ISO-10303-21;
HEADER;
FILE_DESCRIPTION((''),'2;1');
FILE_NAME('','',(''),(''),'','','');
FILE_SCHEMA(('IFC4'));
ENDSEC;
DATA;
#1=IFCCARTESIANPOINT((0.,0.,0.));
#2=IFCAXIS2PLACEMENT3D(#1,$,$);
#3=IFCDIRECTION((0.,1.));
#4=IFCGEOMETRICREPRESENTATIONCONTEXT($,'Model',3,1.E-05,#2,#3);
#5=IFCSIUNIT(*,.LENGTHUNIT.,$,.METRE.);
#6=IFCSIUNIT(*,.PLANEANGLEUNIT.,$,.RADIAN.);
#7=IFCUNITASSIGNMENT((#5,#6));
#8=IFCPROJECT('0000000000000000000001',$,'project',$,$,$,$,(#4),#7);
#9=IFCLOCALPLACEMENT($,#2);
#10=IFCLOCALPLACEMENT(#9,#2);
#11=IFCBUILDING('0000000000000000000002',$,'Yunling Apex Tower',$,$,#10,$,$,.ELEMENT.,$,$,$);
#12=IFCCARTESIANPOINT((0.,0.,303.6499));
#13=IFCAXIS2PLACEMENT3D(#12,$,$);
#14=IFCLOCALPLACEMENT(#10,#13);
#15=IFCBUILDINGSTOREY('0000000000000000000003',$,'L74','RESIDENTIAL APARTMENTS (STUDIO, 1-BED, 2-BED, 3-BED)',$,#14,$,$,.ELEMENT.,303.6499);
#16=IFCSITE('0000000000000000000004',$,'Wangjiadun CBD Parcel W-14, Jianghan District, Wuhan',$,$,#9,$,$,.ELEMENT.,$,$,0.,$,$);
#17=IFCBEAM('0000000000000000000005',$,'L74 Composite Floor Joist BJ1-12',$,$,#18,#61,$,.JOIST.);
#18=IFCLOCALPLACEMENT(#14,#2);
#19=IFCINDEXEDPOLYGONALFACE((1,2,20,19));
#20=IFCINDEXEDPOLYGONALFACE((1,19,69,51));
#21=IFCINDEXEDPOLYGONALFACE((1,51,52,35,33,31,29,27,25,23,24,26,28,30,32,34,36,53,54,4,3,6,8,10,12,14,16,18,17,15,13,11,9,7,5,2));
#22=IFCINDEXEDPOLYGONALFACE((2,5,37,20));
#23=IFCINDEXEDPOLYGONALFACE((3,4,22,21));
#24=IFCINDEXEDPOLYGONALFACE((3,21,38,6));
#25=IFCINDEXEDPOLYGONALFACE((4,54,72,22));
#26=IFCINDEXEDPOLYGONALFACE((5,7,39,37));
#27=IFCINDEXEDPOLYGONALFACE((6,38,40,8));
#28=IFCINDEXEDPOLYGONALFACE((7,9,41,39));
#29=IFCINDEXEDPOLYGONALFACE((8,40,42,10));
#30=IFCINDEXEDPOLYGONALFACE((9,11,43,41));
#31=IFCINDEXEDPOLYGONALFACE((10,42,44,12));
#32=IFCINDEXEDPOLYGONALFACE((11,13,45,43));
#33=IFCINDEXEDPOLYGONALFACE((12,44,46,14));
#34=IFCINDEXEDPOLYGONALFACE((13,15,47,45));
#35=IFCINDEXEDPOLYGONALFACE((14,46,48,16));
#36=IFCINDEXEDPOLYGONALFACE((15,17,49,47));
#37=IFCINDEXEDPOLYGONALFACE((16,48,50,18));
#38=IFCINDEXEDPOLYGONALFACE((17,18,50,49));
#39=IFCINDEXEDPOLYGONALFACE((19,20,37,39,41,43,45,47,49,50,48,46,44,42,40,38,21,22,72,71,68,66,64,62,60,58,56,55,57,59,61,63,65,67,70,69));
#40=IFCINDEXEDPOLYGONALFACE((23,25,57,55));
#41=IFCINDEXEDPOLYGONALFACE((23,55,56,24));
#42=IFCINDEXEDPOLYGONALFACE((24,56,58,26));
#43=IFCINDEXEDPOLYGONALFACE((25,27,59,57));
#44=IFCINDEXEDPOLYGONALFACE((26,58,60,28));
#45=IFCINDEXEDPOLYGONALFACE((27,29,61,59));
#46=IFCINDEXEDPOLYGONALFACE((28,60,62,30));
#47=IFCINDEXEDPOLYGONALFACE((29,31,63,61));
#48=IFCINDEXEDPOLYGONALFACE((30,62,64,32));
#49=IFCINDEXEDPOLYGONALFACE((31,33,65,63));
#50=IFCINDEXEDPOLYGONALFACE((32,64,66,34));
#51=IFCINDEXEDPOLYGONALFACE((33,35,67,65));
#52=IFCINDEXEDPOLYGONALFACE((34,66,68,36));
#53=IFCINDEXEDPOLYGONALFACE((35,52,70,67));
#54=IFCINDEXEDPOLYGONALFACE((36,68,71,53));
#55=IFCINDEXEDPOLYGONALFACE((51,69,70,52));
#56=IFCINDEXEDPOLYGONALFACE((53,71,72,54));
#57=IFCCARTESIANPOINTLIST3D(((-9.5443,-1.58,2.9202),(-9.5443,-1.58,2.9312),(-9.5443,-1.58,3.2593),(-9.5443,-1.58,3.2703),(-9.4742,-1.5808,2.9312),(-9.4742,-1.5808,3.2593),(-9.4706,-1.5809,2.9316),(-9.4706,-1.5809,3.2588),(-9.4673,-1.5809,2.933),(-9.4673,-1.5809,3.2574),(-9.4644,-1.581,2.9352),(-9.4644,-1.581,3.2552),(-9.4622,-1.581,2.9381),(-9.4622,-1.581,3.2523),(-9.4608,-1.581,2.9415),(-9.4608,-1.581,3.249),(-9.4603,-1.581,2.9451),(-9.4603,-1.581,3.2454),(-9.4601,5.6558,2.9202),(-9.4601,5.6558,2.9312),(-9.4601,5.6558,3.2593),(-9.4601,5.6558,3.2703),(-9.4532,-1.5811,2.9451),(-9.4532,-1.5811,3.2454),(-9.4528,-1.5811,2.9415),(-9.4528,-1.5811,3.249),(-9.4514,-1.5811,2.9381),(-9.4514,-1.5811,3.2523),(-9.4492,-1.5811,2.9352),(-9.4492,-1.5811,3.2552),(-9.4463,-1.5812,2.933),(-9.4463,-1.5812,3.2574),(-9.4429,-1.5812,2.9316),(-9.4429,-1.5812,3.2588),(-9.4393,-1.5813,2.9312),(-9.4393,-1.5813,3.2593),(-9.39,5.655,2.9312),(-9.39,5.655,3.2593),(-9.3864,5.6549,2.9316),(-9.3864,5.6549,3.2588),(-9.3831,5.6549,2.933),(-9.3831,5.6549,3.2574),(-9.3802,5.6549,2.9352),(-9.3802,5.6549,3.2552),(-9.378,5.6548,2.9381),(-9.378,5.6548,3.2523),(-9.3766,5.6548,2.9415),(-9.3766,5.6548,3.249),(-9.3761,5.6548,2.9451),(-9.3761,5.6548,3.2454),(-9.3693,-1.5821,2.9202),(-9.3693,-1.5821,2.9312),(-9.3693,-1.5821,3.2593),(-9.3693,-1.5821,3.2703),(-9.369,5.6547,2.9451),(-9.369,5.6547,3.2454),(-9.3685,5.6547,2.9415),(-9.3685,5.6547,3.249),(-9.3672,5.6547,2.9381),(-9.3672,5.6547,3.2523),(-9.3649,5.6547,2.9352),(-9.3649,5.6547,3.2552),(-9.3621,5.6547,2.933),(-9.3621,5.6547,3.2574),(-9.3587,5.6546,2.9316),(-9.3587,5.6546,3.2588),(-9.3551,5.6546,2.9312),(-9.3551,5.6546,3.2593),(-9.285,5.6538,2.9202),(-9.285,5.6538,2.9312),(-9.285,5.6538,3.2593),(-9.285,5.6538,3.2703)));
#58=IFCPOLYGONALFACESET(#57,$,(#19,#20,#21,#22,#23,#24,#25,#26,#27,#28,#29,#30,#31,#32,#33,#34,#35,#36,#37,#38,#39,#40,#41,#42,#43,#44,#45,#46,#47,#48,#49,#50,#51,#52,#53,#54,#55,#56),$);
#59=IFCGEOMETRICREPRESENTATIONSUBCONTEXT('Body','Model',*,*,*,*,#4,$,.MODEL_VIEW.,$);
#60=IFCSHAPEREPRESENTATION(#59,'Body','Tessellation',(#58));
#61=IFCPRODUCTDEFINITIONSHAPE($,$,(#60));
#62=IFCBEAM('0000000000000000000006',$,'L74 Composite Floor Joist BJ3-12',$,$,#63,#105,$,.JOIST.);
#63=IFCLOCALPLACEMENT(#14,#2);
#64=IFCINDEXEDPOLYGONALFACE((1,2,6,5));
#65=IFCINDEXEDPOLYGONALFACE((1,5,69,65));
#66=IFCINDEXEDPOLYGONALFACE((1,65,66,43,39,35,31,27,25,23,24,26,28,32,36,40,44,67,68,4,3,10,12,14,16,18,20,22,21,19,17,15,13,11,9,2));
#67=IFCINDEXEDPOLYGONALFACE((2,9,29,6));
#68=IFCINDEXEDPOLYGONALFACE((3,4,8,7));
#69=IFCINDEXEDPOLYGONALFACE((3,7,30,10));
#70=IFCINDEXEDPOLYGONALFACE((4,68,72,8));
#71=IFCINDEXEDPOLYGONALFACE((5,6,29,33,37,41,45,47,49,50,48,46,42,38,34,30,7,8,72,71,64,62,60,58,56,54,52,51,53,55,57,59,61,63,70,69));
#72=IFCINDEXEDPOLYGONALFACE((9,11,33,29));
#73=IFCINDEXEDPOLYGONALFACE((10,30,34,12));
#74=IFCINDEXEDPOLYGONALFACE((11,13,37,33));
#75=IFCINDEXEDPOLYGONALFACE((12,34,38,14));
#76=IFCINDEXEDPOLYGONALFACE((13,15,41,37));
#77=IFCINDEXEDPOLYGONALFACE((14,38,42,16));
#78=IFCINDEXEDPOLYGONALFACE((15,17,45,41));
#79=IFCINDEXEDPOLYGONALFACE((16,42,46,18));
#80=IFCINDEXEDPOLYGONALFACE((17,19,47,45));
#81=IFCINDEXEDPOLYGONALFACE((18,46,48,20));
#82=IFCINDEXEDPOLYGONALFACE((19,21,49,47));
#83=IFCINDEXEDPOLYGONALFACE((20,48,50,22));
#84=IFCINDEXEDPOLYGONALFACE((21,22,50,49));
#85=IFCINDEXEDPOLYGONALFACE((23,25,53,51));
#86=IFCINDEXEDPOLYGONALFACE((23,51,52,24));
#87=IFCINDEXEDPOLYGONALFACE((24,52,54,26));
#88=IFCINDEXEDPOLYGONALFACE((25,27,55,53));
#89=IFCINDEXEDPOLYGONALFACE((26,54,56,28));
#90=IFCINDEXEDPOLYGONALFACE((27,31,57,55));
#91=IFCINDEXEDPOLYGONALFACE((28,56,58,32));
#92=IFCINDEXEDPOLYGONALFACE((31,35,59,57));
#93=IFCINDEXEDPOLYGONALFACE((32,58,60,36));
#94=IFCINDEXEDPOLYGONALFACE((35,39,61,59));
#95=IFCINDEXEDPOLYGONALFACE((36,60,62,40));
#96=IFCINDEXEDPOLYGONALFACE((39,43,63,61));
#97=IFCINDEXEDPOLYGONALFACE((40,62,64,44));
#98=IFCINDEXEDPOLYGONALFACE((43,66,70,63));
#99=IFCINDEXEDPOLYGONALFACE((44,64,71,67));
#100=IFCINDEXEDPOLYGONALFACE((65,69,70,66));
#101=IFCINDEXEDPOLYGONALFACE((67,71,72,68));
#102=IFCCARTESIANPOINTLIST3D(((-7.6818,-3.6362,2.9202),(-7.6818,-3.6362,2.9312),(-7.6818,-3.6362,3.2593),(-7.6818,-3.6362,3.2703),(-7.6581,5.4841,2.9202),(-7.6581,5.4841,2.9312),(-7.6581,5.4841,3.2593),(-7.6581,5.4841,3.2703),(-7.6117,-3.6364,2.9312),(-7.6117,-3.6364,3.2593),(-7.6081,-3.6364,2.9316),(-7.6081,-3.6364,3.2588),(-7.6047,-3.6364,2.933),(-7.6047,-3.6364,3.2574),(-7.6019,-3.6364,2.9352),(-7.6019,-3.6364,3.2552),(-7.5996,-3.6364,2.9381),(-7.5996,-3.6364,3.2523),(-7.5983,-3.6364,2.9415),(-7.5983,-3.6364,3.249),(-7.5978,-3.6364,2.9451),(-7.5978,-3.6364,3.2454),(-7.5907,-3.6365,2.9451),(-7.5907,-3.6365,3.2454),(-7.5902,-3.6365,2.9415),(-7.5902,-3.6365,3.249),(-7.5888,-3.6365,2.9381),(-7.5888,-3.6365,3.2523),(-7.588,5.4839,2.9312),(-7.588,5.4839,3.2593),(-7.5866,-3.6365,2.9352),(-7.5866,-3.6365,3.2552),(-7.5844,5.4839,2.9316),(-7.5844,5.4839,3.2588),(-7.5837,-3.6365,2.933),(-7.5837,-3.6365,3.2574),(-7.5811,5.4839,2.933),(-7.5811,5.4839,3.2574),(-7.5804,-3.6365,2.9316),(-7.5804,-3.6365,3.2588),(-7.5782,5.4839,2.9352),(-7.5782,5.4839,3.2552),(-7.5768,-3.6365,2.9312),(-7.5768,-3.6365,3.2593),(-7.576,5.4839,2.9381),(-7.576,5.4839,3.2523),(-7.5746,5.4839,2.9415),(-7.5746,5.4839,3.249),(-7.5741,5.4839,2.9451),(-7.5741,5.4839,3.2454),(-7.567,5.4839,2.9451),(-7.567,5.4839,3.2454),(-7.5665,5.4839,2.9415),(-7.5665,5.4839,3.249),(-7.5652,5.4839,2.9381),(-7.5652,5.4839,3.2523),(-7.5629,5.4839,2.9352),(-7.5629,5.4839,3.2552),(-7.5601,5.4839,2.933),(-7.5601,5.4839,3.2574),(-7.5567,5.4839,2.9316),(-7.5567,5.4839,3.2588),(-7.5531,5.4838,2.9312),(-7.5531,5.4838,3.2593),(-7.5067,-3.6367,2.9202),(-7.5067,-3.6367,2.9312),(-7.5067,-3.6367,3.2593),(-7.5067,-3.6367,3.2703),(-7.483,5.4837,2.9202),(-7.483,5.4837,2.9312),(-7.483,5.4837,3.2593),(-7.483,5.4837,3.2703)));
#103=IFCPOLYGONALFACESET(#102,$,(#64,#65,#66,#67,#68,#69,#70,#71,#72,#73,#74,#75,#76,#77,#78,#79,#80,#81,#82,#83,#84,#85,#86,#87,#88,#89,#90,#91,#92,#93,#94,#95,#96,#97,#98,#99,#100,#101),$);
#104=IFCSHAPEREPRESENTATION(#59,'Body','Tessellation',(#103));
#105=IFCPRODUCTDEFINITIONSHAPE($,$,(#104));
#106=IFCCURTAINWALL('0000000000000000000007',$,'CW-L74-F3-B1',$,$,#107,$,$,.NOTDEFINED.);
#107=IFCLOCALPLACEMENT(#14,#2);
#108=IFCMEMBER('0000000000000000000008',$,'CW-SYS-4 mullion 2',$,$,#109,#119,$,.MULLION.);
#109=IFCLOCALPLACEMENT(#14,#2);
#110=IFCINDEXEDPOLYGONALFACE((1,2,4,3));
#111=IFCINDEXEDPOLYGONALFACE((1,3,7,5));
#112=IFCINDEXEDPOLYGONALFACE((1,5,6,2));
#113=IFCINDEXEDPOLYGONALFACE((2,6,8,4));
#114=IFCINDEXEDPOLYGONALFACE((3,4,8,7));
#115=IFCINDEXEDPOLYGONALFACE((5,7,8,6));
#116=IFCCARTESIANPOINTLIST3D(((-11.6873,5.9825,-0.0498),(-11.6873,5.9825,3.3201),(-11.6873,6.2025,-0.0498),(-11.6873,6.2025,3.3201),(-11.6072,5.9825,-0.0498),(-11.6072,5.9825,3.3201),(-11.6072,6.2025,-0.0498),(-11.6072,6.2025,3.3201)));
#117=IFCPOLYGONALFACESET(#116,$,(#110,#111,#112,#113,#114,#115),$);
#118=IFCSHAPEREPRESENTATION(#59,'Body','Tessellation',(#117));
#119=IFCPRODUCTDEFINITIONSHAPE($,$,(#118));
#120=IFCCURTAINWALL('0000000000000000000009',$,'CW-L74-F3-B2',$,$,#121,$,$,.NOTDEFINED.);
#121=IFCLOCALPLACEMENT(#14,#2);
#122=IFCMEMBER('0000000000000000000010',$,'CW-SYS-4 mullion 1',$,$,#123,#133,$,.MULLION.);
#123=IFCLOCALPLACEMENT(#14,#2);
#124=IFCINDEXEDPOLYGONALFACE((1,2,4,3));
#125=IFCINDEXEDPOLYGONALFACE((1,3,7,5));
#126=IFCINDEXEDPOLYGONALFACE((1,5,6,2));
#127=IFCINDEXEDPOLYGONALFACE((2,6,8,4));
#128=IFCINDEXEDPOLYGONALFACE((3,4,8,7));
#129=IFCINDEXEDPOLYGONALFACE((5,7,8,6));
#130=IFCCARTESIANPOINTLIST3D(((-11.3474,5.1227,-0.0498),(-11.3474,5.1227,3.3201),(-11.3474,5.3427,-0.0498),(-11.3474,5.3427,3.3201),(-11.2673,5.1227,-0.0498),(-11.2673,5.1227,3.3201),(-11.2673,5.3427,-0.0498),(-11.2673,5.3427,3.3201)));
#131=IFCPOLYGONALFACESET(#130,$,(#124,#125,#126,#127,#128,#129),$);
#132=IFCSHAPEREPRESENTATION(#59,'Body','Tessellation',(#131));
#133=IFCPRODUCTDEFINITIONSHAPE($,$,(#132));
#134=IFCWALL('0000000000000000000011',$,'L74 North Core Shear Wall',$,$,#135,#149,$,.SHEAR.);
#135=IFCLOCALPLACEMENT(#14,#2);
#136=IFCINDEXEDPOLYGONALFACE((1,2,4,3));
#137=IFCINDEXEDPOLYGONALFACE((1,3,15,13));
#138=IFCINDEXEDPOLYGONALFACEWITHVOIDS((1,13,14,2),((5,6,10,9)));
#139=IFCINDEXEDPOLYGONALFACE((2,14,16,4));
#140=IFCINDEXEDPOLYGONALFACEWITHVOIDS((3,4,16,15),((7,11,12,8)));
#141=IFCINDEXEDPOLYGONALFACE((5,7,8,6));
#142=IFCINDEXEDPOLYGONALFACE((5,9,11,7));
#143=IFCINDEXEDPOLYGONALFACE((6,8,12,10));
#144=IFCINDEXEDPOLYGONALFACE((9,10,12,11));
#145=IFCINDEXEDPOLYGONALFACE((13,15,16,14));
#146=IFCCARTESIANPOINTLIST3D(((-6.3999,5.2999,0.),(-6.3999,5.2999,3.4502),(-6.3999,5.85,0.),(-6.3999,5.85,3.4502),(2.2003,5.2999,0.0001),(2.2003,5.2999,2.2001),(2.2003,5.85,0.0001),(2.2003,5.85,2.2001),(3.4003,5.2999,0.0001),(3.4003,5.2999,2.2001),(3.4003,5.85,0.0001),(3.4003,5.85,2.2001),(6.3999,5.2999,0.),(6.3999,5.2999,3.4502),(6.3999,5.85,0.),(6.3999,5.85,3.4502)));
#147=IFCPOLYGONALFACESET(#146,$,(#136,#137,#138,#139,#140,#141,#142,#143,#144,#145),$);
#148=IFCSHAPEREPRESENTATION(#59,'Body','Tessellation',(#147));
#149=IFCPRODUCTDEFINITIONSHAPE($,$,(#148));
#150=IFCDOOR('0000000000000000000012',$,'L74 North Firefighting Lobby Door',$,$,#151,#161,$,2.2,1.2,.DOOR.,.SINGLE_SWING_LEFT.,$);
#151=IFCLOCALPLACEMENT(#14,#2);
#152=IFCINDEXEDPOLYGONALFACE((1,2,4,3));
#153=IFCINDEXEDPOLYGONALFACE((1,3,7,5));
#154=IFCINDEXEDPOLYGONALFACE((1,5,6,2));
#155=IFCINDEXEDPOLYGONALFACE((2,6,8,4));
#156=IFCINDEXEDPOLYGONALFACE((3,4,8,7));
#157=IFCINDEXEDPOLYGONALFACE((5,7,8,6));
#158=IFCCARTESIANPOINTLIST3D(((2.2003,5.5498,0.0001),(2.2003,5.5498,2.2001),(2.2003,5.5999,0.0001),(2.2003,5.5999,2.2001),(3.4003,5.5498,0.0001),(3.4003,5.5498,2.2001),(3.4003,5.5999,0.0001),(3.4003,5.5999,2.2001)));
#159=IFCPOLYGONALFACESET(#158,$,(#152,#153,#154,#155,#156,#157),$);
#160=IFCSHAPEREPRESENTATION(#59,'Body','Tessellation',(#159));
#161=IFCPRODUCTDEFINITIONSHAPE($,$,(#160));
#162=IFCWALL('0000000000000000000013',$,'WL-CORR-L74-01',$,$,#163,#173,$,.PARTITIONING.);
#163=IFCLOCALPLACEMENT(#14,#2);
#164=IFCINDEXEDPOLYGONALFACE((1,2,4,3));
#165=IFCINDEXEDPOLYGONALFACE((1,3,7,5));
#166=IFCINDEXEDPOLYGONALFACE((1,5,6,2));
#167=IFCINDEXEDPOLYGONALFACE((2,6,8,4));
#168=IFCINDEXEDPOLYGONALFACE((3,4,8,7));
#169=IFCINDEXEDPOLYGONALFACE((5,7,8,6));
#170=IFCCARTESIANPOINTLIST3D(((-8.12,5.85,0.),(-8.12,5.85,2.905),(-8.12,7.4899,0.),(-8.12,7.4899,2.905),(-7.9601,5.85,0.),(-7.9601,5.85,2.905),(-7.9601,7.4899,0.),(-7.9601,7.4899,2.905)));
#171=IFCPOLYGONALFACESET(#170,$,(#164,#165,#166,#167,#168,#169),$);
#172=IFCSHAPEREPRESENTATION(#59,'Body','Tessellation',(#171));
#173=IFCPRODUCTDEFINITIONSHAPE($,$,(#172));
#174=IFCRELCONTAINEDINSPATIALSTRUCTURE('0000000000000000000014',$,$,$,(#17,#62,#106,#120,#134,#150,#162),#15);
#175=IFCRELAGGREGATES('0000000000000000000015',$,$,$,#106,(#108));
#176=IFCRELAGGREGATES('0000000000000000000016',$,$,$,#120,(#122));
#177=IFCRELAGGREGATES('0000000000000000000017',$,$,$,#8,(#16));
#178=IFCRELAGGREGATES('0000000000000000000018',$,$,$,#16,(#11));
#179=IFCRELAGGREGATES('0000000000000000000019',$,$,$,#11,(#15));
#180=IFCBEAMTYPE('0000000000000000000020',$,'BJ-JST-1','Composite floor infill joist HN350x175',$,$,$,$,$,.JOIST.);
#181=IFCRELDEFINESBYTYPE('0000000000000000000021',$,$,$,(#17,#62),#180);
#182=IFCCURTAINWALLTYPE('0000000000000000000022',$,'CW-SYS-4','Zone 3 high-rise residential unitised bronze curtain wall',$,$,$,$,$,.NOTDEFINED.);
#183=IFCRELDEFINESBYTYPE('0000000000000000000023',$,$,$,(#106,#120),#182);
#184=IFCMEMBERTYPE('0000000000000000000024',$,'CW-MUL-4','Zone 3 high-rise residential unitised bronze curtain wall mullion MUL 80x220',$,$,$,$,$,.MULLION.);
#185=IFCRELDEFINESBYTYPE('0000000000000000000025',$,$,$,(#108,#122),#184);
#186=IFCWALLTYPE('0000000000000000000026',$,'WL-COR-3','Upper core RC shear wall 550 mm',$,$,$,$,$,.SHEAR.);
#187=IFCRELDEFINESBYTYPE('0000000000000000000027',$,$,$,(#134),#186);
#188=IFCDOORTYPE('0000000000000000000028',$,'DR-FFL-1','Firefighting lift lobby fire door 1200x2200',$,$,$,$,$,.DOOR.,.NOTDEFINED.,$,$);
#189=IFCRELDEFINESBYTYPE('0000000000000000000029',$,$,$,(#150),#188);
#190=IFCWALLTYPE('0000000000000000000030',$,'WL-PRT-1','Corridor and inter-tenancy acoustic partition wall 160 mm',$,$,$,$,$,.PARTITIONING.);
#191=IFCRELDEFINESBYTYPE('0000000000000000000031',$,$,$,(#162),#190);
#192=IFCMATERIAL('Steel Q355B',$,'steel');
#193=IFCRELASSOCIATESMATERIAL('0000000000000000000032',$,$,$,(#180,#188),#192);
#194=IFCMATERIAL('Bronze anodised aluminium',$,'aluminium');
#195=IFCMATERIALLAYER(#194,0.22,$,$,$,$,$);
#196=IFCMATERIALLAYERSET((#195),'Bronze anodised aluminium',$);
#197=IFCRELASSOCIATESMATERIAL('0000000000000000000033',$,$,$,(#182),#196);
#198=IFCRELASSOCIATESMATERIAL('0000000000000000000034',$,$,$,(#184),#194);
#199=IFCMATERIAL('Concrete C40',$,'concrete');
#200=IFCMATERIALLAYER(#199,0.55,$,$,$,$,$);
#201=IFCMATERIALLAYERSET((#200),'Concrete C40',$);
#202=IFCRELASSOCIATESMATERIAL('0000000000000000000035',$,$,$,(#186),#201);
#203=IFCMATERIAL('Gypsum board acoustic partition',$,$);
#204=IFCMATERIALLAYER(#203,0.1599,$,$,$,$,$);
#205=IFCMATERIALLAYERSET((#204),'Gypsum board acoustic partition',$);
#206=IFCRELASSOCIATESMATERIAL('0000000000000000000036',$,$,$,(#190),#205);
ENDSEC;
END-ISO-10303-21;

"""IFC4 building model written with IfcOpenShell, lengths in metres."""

from ifc_helpers import new_model, si_unit, direction, frame, frame_2d, origin, origin_2d, place, context, subcontext, project, spatial, rectangle, i_section, extrude, source, transform, mapped, material, layer, layer_set, material_profile, profile_set, type_object, element, fill, aggregate, save


model = new_model("IFC4")

# Units and contexts
model_context = context("Model", 3, precision=1e-05, world=origin(), true_north=direction((0.0, 1.0)))
body_context = subcontext(model_context, "Body", "Model", "MODEL_VIEW")
ifc_project = project(units=[si_unit("LENGTHUNIT", "METRE"), si_unit("PLANEANGLEUNIT", "RADIAN")], contexts=[model_context])

# Site, building, storey
site_placement = place(None, origin())
site = spatial("IfcSite", under=ifc_project, at=site_placement, Name="Wangjiadun CBD Parcel W-14, Jianghan District, Wuhan", CompositionType="ELEMENT", RefElevation=0.0)
building_placement = place(site_placement, origin())
building = spatial("IfcBuilding", under=site, at=building_placement, Name="Yunling Apex Tower", CompositionType="ELEMENT")
storey_placement = place(building_placement, frame((0.0, 0.0, 303.6499)))
storey = spatial("IfcBuildingStorey", under=building, at=storey_placement, Name="L74", Description="RESIDENTIAL APARTMENTS (STUDIO, 1-BED, 2-BED, 3-BED)", CompositionType="ELEMENT", Elevation=303.6499)

# Shared definitions
ifc_material_1 = material(Name="Steel Q355B", Category="steel")

# Beams
ifc_material_profile_1 = material_profile(ifc_material_1, i_section(OverallWidth=0.175, OverallDepth=0.3501, WebThickness=0.0071, FlangeThickness=0.011, FilletRadius=0.0139, at=origin_2d()))
ifc_profile_set_1 = profile_set([ifc_material_profile_1], Name="Steel Q355B")
beam_type_1 = type_object("IfcBeamType", Name="BJ-JST-1", Description="Composite floor infill joist HN350x175", PredefinedType="JOIST", material=ifc_profile_set_1)
shared_shape_1 = source(origin(), body_context, "Body", "SweptSolid", [
    extrude(i_section(OverallWidth=0.175, OverallDepth=0.3501, WebThickness=0.0071, FlangeThickness=0.011, FilletRadius=0.0139, at=origin_2d()), origin(), (0.0, 0.0, 1.0), 7.2363),
])
beam_1_placement = place(storey_placement, frame((-9.3726, 5.6548, 3.0952), z_axis=(-0.01164, -0.999932, 0.0), x_axis=(0.999932, -0.01164, 0.0)))
element("IfcBeam", 1, at=beam_1_placement, inside=storey, type_object=beam_type_1, Name="L74 Composite Floor Joist BJ1-12", PredefinedType="JOIST", context=body_context, shape_type="MappedRepresentation", body=[
    mapped(shared_shape_1, transform((0.0, 0.0, 0.0), scale=1.0)),
])
shared_shape_2 = source(origin(), body_context, "Body", "SweptSolid", [
    extrude(i_section(OverallWidth=0.175, OverallDepth=0.3501, WebThickness=0.0071, FlangeThickness=0.011, FilletRadius=0.0139, at=origin_2d()), origin(), (0.0, 0.0, 1.0), 9.1204),
])
beam_2_placement = place(storey_placement, frame((-7.5706, 5.4839, 3.0952), z_axis=(-0.002597, -0.999997, 0.0), x_axis=(0.999997, -0.002597, 0.0)))
element("IfcBeam", 2, at=beam_2_placement, inside=storey, type_object=beam_type_1, Name="L74 Composite Floor Joist BJ3-12", PredefinedType="JOIST", context=body_context, shape_type="MappedRepresentation", body=[
    mapped(shared_shape_2, transform((0.0, 0.0, 0.0), scale=1.0)),
])

# Curtain walls, members
ifc_material_2 = material(Name="Bronze anodised aluminium", Category="aluminium")
ifc_layer_1 = layer(ifc_material_2, 0.22)
ifc_layer_set_1 = layer_set([ifc_layer_1], Name="Bronze anodised aluminium")
curtain_wall_type = type_object("IfcCurtainWallType", Name="CW-SYS-4", Description="Zone 3 high-rise residential unitised bronze curtain wall", PredefinedType="NOTDEFINED", material=ifc_layer_set_1)
curtain_wall_1_placement = place(storey_placement, origin())
curtain_wall_1 = element("IfcCurtainWall", 3, at=curtain_wall_1_placement, inside=storey, type_object=curtain_wall_type, Name="CW-L74-F3-B1", PredefinedType="NOTDEFINED")
ifc_material_profile_2 = material_profile(ifc_material_2, rectangle(XDim=0.0801, YDim=0.22, at=origin_2d()))
ifc_profile_set_2 = profile_set([ifc_material_profile_2], Name="Bronze anodised aluminium")
member_type = type_object("IfcMemberType", Name="CW-MUL-4", Description="Zone 3 high-rise residential unitised bronze curtain wall mullion MUL 80x220", PredefinedType="MULLION", material=ifc_profile_set_2)
shared_shape_3 = source(origin(), body_context, "Body", "SweptSolid", [
    extrude(rectangle(XDim=0.0801, YDim=0.22, at=origin_2d()), origin(), (0.0, 0.0, 1.0), 3.3699),
])
member_1_placement = place(storey_placement, frame((-11.6472, 6.0925, -0.0498), z_axis=(0.0, 0.0, 1.0), x_axis=(1.0, 0.0, 0.0)))
member_1 = element("IfcMember", 4, at=member_1_placement, type_object=member_type, Name="CW-SYS-4 mullion 2", PredefinedType="MULLION", context=body_context, shape_type="MappedRepresentation", body=[
    mapped(shared_shape_3, transform((0.0, 0.0, 0.0), scale=1.0)),
])
aggregate(curtain_wall_1, [member_1])
curtain_wall_2_placement = place(storey_placement, origin())
curtain_wall_2 = element("IfcCurtainWall", 5, at=curtain_wall_2_placement, inside=storey, type_object=curtain_wall_type, Name="CW-L74-F3-B2", PredefinedType="NOTDEFINED")
member_2_placement = place(storey_placement, frame((-11.3074, 5.2327, -0.0498), z_axis=(0.0, 0.0, 1.0), x_axis=(1.0, 0.0, 0.0)))
member_2 = element("IfcMember", 6, at=member_2_placement, type_object=member_type, Name="CW-SYS-4 mullion 1", PredefinedType="MULLION", context=body_context, shape_type="MappedRepresentation", body=[
    mapped(shared_shape_3, transform((0.0, 0.0, 0.0), scale=1.0)),
])
aggregate(curtain_wall_2, [member_2])

# Wall, opening, door
ifc_material_3 = material(Name="Concrete C40", Category="concrete")
ifc_layer_2 = layer(ifc_material_3, 0.55)
ifc_layer_set_2 = layer_set([ifc_layer_2], Name="Concrete C40")
wall_type_1 = type_object("IfcWallType", Name="WL-COR-3", Description="Upper core RC shear wall 550 mm", PredefinedType="SHEAR", material=ifc_layer_set_2)
wall_1_placement = place(storey_placement, frame((-6.3999, 5.575, 0.0), z_axis=(0.0, 0.0, 1.0), x_axis=(1.0, 0.0, 0.0)))
wall_1 = element("IfcWall", 7, at=wall_1_placement, inside=storey, type_object=wall_type_1, Name="L74 North Core Shear Wall", PredefinedType="SHEAR", context=body_context, shape_type="SweptSolid", body=[
    extrude(rectangle(XDim=12.7998, YDim=0.55, at=frame_2d((6.3999, 0.0))), origin(), (0.0, 0.0, 1.0), 3.4502),
])
opening_1_placement = place(wall_1_placement, frame((8.6001, 0.0, 0.0)))
opening_1 = element("IfcOpeningElement", 8, at=opening_1_placement, cuts=wall_1, PredefinedType="OPENING", context=body_context, shape_type="SweptSolid", body=[
    extrude(rectangle(XDim=1.2, YDim=2.2, at=frame_2d((0.6001, 1.1001))), frame((0.0, 0.2852, 0.0), z_axis=(0.0, -1.0, 0.0), x_axis=(1.0, 0.0, 0.0)), (0.0, 0.0, 1.0), 0.5701),
])
door_type_1 = type_object("IfcDoorType", Name="DR-FFL-1", Description="Firefighting lift lobby fire door 1200x2200", OperationType="NOTDEFINED", PredefinedType="DOOR", material=ifc_material_1)
door_1_placement = place(opening_1_placement, origin())
door_1 = element("IfcDoor", 9, at=door_1_placement, inside=storey, type_object=door_type_1, Name="L74 North Firefighting Lobby Door", OperationType="SINGLE_SWING_LEFT", OverallHeight=2.2, OverallWidth=1.2, PredefinedType="DOOR", context=body_context, shape_type="SweptSolid", body=[
    extrude(rectangle(XDim=1.2, YDim=2.2, at=frame_2d((0.6001, 1.1001))), frame((0.0, 0.0249, 0.0), z_axis=(0.0, -1.0, 0.0), x_axis=(1.0, 0.0, 0.0)), (0.0, 0.0, 1.0), 0.05),
])
fill(opening_1, door_1)

# Wall
ifc_material_4 = material(Name="Gypsum board acoustic partition")
ifc_layer_3 = layer(ifc_material_4, 0.1599)
ifc_layer_set_3 = layer_set([ifc_layer_3], Name="Gypsum board acoustic partition")
wall_type_2 = type_object("IfcWallType", Name="WL-PRT-1", Description="Corridor and inter-tenancy acoustic partition wall 160 mm", PredefinedType="PARTITIONING", material=ifc_layer_set_3)
wall_2_placement = place(storey_placement, frame((-8.04, 5.8501, 0.0), z_axis=(0.0, 0.0, 1.0), x_axis=(0.0, 1.0, 0.0)))
element("IfcWall", 10, at=wall_2_placement, inside=storey, type_object=wall_type_2, Name="WL-CORR-L74-01", PredefinedType="PARTITIONING", context=body_context, shape_type="SweptSolid", body=[
    extrude(rectangle(XDim=1.6399, YDim=0.1599, at=frame_2d((0.8198, 0.0))), origin(), (0.0, 0.0, 1.0), 2.905),
])

save(model, "model.ifc")
